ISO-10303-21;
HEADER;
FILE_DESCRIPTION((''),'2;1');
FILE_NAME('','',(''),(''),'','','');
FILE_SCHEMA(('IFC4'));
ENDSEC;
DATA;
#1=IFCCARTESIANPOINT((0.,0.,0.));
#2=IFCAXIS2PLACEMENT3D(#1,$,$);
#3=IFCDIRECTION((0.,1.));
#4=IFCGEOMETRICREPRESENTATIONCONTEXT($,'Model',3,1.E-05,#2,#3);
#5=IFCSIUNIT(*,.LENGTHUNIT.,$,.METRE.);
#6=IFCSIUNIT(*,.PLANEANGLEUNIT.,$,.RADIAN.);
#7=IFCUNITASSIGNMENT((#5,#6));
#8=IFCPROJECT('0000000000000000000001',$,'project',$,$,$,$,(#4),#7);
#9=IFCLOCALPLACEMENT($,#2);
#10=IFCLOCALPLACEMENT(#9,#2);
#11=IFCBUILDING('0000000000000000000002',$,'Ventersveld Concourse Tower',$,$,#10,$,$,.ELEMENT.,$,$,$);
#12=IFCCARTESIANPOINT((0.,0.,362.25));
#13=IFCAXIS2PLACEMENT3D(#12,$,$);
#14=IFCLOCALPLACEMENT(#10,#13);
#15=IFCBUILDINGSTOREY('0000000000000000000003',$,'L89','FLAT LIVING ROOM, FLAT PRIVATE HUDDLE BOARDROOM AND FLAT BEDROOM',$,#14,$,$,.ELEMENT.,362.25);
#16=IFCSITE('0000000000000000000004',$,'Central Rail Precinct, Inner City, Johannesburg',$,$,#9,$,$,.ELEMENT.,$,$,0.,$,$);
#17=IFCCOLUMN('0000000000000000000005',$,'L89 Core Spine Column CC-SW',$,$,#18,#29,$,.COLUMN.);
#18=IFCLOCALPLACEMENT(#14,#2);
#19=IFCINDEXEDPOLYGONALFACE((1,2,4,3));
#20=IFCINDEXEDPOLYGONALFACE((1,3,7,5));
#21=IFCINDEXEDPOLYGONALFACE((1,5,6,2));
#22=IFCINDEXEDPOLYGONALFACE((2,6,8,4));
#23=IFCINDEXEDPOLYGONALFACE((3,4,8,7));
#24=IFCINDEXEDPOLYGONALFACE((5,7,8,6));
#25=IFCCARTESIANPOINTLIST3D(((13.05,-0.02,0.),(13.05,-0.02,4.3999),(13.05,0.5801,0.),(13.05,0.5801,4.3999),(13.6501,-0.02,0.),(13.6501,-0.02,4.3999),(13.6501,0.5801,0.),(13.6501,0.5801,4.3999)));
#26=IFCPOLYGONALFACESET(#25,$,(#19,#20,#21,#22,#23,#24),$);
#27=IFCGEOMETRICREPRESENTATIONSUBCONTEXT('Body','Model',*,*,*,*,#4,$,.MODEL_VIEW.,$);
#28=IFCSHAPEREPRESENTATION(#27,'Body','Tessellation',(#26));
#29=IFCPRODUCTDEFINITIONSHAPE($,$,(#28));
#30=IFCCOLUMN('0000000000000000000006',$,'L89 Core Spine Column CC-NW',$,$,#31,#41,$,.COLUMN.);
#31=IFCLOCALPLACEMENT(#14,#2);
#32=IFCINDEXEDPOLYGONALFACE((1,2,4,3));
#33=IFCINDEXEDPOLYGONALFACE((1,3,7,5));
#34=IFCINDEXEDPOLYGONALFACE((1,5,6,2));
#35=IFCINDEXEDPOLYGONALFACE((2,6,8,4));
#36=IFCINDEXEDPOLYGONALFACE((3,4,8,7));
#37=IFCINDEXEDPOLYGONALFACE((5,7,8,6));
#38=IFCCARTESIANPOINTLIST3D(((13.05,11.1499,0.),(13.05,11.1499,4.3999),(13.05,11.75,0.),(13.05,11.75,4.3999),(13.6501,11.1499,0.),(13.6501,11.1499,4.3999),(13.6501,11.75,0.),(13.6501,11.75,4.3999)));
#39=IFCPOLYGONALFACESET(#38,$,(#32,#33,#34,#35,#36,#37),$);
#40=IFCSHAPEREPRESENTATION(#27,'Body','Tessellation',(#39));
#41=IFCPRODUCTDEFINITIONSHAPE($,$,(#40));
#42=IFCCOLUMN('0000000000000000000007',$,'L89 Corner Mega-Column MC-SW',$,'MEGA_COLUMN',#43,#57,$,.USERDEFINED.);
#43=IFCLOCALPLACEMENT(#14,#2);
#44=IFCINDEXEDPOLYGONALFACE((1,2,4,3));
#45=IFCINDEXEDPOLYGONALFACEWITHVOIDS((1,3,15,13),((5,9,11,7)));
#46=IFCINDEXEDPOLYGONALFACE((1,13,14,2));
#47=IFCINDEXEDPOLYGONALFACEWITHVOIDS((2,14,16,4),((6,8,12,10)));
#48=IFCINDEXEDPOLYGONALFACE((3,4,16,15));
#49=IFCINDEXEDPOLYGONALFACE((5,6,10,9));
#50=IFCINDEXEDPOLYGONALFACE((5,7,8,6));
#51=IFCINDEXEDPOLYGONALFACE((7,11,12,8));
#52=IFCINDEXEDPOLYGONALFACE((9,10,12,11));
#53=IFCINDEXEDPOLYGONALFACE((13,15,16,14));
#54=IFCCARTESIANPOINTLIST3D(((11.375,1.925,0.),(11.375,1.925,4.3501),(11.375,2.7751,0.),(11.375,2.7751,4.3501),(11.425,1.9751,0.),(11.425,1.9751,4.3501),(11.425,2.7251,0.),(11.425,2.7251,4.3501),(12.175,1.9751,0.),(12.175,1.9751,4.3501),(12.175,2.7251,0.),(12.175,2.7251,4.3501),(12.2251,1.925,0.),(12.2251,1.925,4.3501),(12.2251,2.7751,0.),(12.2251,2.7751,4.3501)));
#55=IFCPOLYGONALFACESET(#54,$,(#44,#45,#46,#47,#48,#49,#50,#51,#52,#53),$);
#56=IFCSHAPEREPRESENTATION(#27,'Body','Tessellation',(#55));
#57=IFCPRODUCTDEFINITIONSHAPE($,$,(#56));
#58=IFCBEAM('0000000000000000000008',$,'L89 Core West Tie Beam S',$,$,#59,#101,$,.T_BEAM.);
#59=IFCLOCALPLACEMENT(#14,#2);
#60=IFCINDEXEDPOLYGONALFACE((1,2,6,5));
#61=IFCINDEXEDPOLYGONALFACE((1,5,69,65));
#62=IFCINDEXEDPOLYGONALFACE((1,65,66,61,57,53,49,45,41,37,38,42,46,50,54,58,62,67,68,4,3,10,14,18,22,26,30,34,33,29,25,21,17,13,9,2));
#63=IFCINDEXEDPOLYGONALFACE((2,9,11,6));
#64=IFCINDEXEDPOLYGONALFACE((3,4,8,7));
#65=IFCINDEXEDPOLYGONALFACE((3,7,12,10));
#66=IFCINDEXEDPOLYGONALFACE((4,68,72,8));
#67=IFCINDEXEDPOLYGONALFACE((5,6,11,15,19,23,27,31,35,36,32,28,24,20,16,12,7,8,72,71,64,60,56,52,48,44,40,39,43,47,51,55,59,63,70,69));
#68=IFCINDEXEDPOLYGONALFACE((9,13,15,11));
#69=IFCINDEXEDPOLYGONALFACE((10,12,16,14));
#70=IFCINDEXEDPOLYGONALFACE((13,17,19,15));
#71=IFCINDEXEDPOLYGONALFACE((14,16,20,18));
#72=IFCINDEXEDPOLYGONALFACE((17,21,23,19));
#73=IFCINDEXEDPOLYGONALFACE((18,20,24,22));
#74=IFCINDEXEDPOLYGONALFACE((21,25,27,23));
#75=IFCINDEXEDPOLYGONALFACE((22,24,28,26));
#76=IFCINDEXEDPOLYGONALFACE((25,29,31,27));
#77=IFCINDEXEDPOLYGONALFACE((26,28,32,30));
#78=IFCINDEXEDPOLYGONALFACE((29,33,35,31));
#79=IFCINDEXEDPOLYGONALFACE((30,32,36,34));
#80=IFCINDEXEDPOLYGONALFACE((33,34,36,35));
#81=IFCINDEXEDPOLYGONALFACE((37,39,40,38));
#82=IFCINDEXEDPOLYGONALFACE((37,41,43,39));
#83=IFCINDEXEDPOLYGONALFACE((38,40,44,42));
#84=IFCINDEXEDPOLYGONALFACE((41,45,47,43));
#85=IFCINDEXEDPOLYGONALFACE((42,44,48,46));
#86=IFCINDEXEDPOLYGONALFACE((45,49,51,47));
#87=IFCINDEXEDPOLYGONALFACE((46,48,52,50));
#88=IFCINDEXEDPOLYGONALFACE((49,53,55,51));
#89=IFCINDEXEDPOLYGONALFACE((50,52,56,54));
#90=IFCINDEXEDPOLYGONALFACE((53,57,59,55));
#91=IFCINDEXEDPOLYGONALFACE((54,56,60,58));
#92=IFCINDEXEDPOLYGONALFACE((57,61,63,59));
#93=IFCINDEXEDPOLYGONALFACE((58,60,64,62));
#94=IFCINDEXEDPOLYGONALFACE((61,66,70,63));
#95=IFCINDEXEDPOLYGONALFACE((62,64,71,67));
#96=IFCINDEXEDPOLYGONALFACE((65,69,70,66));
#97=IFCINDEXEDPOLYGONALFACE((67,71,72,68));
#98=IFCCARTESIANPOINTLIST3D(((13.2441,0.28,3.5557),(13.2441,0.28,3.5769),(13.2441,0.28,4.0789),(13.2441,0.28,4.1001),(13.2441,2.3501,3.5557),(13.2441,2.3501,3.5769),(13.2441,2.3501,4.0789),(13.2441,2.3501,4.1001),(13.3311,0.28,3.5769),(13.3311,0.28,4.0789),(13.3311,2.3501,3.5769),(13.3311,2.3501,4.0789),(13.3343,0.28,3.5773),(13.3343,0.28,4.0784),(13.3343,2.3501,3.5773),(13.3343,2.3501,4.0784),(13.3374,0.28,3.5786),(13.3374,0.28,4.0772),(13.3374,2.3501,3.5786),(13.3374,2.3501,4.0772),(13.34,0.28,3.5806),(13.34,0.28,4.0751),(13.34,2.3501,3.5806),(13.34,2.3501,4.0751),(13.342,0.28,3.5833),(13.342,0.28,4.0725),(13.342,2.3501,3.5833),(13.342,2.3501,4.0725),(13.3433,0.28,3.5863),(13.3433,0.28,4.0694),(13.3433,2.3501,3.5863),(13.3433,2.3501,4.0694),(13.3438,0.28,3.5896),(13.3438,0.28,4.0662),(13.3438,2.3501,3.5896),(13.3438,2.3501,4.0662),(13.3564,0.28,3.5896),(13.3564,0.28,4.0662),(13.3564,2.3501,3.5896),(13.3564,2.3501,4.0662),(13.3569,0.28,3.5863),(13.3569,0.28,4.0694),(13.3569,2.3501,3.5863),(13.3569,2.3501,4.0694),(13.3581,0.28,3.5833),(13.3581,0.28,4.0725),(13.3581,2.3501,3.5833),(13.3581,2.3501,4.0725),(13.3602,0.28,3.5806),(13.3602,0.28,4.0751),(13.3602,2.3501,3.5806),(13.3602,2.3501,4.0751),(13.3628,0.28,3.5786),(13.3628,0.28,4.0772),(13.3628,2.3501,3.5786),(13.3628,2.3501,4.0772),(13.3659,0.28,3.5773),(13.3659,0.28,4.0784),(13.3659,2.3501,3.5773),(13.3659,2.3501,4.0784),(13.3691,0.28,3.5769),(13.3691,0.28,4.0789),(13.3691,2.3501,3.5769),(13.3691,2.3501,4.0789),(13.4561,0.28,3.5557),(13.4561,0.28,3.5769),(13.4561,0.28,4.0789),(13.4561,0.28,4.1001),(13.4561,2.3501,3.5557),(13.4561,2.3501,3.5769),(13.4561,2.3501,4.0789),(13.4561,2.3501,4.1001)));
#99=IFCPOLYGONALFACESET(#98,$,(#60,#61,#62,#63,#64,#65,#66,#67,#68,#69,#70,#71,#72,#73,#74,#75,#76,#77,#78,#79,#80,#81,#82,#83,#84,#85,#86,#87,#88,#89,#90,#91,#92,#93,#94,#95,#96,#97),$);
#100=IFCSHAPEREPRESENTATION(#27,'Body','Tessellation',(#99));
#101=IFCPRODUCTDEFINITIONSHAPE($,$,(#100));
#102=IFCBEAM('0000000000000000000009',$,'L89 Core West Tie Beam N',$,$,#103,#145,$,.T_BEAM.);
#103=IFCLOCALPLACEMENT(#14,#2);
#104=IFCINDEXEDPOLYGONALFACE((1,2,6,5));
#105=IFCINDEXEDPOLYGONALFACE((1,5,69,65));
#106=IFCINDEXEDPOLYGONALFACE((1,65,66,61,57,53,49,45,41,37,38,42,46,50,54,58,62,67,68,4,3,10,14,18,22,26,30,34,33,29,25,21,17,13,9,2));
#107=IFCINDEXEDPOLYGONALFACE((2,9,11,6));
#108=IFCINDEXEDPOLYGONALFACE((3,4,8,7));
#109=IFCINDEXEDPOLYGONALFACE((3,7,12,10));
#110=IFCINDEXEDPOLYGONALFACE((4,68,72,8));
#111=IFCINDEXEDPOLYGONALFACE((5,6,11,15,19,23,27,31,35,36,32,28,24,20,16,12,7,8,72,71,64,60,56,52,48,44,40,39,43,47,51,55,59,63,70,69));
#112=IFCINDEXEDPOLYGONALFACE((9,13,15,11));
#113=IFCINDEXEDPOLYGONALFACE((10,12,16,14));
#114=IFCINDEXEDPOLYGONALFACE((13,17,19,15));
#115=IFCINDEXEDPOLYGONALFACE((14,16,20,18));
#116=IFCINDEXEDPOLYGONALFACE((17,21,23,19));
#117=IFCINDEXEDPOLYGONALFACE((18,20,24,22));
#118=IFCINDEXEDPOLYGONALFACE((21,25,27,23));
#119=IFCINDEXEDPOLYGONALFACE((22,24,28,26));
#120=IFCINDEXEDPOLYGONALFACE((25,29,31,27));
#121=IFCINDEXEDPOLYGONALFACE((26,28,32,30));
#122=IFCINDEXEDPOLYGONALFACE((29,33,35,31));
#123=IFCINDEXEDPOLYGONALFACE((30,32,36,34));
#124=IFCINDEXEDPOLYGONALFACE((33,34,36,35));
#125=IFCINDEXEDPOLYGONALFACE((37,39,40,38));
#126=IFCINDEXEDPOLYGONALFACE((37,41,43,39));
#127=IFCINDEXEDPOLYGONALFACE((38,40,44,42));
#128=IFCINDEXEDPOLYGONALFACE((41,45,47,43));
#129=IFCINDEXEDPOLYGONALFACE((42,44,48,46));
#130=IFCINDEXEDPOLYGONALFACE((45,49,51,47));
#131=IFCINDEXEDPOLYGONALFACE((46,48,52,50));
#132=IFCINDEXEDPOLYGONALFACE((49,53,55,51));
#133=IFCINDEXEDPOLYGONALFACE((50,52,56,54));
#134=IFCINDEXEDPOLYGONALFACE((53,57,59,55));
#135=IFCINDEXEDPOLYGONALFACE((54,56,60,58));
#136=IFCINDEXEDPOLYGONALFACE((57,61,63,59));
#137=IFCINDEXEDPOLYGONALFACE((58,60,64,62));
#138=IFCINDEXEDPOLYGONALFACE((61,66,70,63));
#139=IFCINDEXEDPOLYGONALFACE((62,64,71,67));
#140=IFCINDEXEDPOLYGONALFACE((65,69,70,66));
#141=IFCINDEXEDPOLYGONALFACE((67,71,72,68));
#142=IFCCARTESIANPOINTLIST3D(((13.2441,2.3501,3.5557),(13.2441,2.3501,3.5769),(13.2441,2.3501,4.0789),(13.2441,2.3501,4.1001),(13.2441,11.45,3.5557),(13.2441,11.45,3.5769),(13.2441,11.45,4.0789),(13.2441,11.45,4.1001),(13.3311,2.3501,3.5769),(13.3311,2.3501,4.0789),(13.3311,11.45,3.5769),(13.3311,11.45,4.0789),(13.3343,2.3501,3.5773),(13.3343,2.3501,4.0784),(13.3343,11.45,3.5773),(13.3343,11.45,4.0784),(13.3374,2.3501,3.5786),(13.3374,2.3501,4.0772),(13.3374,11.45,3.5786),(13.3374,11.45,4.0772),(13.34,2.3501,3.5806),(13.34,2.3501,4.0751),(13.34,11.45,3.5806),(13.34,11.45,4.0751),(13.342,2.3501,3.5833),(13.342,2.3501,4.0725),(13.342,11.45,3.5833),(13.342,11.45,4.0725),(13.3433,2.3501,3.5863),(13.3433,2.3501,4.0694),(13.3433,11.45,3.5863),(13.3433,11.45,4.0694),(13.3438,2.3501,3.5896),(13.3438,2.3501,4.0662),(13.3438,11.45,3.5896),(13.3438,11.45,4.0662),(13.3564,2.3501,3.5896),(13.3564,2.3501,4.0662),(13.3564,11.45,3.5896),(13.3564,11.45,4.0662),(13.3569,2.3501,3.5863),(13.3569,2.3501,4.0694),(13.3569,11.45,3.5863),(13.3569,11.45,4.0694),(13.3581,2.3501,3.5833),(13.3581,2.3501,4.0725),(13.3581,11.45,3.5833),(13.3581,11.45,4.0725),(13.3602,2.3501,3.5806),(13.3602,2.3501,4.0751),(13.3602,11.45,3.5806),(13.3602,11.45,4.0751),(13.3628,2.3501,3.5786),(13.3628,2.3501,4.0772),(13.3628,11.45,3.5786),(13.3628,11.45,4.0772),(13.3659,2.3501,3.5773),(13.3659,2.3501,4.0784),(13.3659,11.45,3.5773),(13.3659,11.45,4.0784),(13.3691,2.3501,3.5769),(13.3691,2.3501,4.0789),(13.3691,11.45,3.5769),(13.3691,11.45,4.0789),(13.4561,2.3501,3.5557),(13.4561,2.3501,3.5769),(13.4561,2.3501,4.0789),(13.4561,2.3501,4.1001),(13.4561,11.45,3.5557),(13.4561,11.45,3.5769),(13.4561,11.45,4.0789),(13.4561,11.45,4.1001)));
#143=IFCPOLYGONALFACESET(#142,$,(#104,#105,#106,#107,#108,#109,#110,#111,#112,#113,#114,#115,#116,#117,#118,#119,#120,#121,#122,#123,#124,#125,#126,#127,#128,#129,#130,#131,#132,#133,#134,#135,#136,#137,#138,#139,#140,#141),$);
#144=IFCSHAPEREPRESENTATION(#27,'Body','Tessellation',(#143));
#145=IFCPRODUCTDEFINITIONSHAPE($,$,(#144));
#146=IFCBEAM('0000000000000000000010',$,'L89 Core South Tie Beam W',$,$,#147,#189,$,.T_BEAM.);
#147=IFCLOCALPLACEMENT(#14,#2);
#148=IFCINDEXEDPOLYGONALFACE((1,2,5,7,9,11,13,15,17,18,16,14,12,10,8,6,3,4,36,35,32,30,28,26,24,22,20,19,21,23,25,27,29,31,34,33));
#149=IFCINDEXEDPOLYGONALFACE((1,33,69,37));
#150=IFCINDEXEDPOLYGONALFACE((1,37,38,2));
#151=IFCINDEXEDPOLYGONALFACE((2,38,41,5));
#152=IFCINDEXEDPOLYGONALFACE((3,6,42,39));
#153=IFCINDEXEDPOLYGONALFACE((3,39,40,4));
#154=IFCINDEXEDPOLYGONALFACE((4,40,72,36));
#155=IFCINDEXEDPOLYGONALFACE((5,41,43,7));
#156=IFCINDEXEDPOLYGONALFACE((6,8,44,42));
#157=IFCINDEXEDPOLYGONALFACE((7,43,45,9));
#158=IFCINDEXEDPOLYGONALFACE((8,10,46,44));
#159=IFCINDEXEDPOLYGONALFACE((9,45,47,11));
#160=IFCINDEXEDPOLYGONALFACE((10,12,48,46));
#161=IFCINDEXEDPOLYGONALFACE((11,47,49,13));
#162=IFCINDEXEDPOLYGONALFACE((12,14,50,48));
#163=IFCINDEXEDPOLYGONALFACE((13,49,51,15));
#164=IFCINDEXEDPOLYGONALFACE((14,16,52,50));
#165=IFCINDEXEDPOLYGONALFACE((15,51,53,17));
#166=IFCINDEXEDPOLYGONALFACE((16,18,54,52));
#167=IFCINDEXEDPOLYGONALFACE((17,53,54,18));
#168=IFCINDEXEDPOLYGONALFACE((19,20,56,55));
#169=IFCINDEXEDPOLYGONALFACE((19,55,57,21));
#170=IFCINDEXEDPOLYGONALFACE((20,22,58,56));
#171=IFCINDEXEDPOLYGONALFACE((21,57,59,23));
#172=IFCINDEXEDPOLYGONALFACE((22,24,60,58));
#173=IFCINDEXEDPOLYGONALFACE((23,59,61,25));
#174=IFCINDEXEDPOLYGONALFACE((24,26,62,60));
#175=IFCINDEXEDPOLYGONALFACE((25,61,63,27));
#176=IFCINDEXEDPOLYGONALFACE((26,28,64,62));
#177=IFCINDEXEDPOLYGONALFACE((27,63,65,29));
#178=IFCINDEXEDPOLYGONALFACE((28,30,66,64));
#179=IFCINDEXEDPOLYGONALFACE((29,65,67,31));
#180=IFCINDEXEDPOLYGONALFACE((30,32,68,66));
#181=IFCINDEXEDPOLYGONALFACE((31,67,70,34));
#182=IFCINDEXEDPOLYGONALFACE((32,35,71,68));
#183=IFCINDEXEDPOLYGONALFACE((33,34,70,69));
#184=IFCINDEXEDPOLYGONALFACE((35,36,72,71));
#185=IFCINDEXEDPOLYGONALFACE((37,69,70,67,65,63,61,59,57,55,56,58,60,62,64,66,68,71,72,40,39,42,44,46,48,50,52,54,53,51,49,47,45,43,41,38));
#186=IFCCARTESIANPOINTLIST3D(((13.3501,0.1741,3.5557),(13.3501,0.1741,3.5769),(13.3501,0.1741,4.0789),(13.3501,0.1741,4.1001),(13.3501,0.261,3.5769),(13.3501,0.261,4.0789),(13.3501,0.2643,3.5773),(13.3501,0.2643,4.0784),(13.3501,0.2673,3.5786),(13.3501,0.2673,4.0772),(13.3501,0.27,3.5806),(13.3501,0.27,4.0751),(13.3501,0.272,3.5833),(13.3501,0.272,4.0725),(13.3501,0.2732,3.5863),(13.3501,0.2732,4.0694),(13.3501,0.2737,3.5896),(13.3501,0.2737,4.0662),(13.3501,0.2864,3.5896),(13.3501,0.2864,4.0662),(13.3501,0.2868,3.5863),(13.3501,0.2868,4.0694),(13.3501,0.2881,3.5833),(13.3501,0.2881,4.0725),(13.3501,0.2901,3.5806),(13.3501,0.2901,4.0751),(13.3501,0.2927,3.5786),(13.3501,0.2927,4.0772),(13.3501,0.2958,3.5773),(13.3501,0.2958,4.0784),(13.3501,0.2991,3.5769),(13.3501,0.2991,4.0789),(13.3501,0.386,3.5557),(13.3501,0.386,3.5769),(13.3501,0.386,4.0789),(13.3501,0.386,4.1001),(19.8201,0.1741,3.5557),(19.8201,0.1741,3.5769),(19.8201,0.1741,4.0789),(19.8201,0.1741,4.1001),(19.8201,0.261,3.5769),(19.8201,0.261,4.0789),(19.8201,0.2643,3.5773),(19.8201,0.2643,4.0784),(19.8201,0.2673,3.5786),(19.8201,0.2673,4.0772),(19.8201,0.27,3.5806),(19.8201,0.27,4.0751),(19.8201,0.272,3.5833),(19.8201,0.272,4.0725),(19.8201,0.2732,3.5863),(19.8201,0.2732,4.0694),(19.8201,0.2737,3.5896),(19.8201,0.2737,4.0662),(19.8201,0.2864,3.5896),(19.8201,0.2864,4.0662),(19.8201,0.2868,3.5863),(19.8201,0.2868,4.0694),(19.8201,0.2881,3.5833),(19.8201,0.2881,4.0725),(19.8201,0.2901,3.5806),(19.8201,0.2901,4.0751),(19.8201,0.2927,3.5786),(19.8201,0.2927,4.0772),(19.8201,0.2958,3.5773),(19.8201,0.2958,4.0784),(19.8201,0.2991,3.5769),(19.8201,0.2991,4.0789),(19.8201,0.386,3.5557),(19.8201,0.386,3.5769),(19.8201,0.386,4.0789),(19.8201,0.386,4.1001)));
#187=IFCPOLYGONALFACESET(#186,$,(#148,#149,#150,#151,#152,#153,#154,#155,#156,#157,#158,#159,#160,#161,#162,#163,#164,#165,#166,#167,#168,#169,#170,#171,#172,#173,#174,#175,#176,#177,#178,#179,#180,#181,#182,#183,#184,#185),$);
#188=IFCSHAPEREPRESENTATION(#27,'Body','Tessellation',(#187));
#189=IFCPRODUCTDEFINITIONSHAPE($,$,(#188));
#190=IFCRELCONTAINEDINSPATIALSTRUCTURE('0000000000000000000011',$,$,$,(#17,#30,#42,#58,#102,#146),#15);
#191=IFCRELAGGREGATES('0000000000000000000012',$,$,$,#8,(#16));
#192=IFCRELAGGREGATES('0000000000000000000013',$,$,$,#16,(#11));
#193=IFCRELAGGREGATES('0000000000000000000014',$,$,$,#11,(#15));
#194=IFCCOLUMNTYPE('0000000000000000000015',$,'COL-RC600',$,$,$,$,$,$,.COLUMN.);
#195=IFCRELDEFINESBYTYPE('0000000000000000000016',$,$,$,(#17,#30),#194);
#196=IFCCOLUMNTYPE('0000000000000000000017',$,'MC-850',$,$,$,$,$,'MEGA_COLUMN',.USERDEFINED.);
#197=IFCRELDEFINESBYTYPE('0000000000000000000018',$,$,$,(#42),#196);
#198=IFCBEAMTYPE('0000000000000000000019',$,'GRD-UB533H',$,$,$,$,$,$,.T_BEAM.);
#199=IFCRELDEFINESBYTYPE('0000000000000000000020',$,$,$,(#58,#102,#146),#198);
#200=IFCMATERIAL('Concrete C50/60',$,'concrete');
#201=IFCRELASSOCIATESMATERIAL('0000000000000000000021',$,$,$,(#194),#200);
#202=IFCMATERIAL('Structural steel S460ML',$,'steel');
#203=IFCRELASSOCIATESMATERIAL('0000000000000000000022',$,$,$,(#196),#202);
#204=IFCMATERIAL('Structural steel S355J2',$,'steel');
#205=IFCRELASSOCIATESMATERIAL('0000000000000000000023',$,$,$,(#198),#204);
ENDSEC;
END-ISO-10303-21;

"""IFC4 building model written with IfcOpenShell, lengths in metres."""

from ifc_helpers import new_model, si_unit, direction, frame, origin, origin_2d, place, context, subcontext, project, spatial, rectangle, hollow_rectangle, i_section, extrude, material, material_profile, profile_set, type_object, element, save


model = new_model("IFC4")

# Units and contexts
model_context = context("Model", 3, precision=1e-05, world=origin(), true_north=direction((0.0, 1.0)))
body_context = subcontext(model_context, "Body", "Model", "MODEL_VIEW")
ifc_project = project(units=[si_unit("LENGTHUNIT", "METRE"), si_unit("PLANEANGLEUNIT", "RADIAN")], contexts=[model_context])

# Site, building, storey
site_placement = place(None, origin())
site = spatial("IfcSite", under=ifc_project, at=site_placement, Name="Central Rail Precinct, Inner City, Johannesburg", CompositionType="ELEMENT", RefElevation=0.0)
building_placement = place(site_placement, origin())
building = spatial("IfcBuilding", under=site, at=building_placement, Name="Ventersveld Concourse Tower", CompositionType="ELEMENT")
storey_placement = place(building_placement, frame((0.0, 0.0, 362.25)))
storey = spatial("IfcBuildingStorey", under=building, at=storey_placement, Name="L89", Description="FLAT LIVING ROOM, FLAT PRIVATE HUDDLE BOARDROOM AND FLAT BEDROOM", CompositionType="ELEMENT", Elevation=362.25)

# Columns
ifc_material_1 = material(Name="Concrete C50/60", Category="concrete")
ifc_material_profile_1 = material_profile(ifc_material_1, rectangle(XDim=0.6001, YDim=0.6001, at=origin_2d()), Name="RC 600x600")
ifc_profile_set_1 = profile_set([ifc_material_profile_1], Name="Concrete C50/60")
column_type_1 = type_object("IfcColumnType", Name="COL-RC600", PredefinedType="COLUMN", material=ifc_profile_set_1)
for number, where, z_axis, x_axis, name in (
    (1, (13.3501, 0.28, 0.0), (0.0, 0.0, 1.0), (1.0, 0.0, 0.0), "L89 Core Spine Column CC-SW"),
    (2, (13.3501, 11.45, 0.0), (0.0, 0.0, 1.0), (1.0, 0.0, 0.0), "L89 Core Spine Column CC-NW"),
):
    element("IfcColumn", number, at=place(storey_placement, frame(where, z_axis=z_axis, x_axis=x_axis)), inside=storey, type_object=column_type_1, Name=name, PredefinedType="COLUMN", context=body_context, shape_type="SweptSolid", body=[
        extrude(rectangle(XDim=0.6001, YDim=0.6001, at=origin_2d()), origin(), (0.0, 0.0, 1.0), 4.3999),
    ])
ifc_material_2 = material(Name="Structural steel S460ML", Category="steel")
ifc_material_profile_2 = material_profile(ifc_material_2, hollow_rectangle(XDim=0.8501, YDim=0.8501, WallThickness=0.05, at=origin_2d()), Name="BOX 850x850x50")
ifc_profile_set_2 = profile_set([ifc_material_profile_2], Name="Structural steel S460ML")
column_type_2 = type_object("IfcColumnType", Name="MC-850", ElementType="MEGA_COLUMN", PredefinedType="USERDEFINED", material=ifc_profile_set_2)
column_placement = place(storey_placement, frame((11.8, 2.3501, 0.0), z_axis=(0.0, 0.0, 1.0), x_axis=(1.0, 0.0, 0.0)))
element("IfcColumn", 3, at=column_placement, inside=storey, type_object=column_type_2, Name="L89 Corner Mega-Column MC-SW", ObjectType="MEGA_COLUMN", PredefinedType="USERDEFINED", context=body_context, shape_type="SweptSolid", body=[
    extrude(hollow_rectangle(XDim=0.8501, YDim=0.8501, WallThickness=0.05, at=origin_2d()), origin(), (0.0, 0.0, 1.0), 4.3501),
])

# Beams
ifc_material_3 = material(Name="Structural steel S355J2", Category="steel")
ifc_material_profile_3 = material_profile(ifc_material_3, i_section(OverallWidth=0.2119, OverallDepth=0.5444, WebThickness=0.0127, FlangeThickness=0.0212, FilletRadius=0.0127, at=origin_2d()), Name="UB 533x210x122")
ifc_profile_set_3 = profile_set([ifc_material_profile_3], Name="Structural steel S355J2")
beam_type_1 = type_object("IfcBeamType", Name="GRD-UB533H", PredefinedType="T_BEAM", material=ifc_profile_set_3)
beam_1_placement = place(storey_placement, frame((13.3501, 0.28, 3.8279), z_axis=(0.0, 1.0, 0.0), x_axis=(-1.0, 0.0, 0.0)))
element("IfcBeam", 4, at=beam_1_placement, inside=storey, type_object=beam_type_1, Name="L89 Core West Tie Beam S", PredefinedType="T_BEAM", context=body_context, shape_type="SweptSolid", body=[
    extrude(i_section(OverallWidth=0.2119, OverallDepth=0.5444, WebThickness=0.0127, FlangeThickness=0.0212, FilletRadius=0.0127, at=origin_2d()), origin(), (0.0, 0.0, 1.0), 2.0701),
])
beam_2_placement = place(storey_placement, frame((13.3501, 2.3501, 3.8279), z_axis=(0.0, 1.0, 0.0), x_axis=(-1.0, 0.0, 0.0)))
element("IfcBeam", 5, at=beam_2_placement, inside=storey, type_object=beam_type_1, Name="L89 Core West Tie Beam N", PredefinedType="T_BEAM", context=body_context, shape_type="SweptSolid", body=[
    extrude(i_section(OverallWidth=0.2119, OverallDepth=0.5444, WebThickness=0.0127, FlangeThickness=0.0212, FilletRadius=0.0127, at=origin_2d()), origin(), (0.0, 0.0, 1.0), 9.0999),
])
beam_3_placement = place(storey_placement, frame((13.3501, 0.28, 3.8279), z_axis=(1.0, 0.0, 0.0), x_axis=(0.0, 1.0, 0.0)))
element("IfcBeam", 6, at=beam_3_placement, inside=storey, type_object=beam_type_1, Name="L89 Core South Tie Beam W", PredefinedType="T_BEAM", context=body_context, shape_type="SweptSolid", body=[
    extrude(i_section(OverallWidth=0.2119, OverallDepth=0.5444, WebThickness=0.0127, FlangeThickness=0.0212, FilletRadius=0.0127, at=origin_2d()), origin(), (0.0, 0.0, 1.0), 6.47),
])

save(model, "model.ifc")
